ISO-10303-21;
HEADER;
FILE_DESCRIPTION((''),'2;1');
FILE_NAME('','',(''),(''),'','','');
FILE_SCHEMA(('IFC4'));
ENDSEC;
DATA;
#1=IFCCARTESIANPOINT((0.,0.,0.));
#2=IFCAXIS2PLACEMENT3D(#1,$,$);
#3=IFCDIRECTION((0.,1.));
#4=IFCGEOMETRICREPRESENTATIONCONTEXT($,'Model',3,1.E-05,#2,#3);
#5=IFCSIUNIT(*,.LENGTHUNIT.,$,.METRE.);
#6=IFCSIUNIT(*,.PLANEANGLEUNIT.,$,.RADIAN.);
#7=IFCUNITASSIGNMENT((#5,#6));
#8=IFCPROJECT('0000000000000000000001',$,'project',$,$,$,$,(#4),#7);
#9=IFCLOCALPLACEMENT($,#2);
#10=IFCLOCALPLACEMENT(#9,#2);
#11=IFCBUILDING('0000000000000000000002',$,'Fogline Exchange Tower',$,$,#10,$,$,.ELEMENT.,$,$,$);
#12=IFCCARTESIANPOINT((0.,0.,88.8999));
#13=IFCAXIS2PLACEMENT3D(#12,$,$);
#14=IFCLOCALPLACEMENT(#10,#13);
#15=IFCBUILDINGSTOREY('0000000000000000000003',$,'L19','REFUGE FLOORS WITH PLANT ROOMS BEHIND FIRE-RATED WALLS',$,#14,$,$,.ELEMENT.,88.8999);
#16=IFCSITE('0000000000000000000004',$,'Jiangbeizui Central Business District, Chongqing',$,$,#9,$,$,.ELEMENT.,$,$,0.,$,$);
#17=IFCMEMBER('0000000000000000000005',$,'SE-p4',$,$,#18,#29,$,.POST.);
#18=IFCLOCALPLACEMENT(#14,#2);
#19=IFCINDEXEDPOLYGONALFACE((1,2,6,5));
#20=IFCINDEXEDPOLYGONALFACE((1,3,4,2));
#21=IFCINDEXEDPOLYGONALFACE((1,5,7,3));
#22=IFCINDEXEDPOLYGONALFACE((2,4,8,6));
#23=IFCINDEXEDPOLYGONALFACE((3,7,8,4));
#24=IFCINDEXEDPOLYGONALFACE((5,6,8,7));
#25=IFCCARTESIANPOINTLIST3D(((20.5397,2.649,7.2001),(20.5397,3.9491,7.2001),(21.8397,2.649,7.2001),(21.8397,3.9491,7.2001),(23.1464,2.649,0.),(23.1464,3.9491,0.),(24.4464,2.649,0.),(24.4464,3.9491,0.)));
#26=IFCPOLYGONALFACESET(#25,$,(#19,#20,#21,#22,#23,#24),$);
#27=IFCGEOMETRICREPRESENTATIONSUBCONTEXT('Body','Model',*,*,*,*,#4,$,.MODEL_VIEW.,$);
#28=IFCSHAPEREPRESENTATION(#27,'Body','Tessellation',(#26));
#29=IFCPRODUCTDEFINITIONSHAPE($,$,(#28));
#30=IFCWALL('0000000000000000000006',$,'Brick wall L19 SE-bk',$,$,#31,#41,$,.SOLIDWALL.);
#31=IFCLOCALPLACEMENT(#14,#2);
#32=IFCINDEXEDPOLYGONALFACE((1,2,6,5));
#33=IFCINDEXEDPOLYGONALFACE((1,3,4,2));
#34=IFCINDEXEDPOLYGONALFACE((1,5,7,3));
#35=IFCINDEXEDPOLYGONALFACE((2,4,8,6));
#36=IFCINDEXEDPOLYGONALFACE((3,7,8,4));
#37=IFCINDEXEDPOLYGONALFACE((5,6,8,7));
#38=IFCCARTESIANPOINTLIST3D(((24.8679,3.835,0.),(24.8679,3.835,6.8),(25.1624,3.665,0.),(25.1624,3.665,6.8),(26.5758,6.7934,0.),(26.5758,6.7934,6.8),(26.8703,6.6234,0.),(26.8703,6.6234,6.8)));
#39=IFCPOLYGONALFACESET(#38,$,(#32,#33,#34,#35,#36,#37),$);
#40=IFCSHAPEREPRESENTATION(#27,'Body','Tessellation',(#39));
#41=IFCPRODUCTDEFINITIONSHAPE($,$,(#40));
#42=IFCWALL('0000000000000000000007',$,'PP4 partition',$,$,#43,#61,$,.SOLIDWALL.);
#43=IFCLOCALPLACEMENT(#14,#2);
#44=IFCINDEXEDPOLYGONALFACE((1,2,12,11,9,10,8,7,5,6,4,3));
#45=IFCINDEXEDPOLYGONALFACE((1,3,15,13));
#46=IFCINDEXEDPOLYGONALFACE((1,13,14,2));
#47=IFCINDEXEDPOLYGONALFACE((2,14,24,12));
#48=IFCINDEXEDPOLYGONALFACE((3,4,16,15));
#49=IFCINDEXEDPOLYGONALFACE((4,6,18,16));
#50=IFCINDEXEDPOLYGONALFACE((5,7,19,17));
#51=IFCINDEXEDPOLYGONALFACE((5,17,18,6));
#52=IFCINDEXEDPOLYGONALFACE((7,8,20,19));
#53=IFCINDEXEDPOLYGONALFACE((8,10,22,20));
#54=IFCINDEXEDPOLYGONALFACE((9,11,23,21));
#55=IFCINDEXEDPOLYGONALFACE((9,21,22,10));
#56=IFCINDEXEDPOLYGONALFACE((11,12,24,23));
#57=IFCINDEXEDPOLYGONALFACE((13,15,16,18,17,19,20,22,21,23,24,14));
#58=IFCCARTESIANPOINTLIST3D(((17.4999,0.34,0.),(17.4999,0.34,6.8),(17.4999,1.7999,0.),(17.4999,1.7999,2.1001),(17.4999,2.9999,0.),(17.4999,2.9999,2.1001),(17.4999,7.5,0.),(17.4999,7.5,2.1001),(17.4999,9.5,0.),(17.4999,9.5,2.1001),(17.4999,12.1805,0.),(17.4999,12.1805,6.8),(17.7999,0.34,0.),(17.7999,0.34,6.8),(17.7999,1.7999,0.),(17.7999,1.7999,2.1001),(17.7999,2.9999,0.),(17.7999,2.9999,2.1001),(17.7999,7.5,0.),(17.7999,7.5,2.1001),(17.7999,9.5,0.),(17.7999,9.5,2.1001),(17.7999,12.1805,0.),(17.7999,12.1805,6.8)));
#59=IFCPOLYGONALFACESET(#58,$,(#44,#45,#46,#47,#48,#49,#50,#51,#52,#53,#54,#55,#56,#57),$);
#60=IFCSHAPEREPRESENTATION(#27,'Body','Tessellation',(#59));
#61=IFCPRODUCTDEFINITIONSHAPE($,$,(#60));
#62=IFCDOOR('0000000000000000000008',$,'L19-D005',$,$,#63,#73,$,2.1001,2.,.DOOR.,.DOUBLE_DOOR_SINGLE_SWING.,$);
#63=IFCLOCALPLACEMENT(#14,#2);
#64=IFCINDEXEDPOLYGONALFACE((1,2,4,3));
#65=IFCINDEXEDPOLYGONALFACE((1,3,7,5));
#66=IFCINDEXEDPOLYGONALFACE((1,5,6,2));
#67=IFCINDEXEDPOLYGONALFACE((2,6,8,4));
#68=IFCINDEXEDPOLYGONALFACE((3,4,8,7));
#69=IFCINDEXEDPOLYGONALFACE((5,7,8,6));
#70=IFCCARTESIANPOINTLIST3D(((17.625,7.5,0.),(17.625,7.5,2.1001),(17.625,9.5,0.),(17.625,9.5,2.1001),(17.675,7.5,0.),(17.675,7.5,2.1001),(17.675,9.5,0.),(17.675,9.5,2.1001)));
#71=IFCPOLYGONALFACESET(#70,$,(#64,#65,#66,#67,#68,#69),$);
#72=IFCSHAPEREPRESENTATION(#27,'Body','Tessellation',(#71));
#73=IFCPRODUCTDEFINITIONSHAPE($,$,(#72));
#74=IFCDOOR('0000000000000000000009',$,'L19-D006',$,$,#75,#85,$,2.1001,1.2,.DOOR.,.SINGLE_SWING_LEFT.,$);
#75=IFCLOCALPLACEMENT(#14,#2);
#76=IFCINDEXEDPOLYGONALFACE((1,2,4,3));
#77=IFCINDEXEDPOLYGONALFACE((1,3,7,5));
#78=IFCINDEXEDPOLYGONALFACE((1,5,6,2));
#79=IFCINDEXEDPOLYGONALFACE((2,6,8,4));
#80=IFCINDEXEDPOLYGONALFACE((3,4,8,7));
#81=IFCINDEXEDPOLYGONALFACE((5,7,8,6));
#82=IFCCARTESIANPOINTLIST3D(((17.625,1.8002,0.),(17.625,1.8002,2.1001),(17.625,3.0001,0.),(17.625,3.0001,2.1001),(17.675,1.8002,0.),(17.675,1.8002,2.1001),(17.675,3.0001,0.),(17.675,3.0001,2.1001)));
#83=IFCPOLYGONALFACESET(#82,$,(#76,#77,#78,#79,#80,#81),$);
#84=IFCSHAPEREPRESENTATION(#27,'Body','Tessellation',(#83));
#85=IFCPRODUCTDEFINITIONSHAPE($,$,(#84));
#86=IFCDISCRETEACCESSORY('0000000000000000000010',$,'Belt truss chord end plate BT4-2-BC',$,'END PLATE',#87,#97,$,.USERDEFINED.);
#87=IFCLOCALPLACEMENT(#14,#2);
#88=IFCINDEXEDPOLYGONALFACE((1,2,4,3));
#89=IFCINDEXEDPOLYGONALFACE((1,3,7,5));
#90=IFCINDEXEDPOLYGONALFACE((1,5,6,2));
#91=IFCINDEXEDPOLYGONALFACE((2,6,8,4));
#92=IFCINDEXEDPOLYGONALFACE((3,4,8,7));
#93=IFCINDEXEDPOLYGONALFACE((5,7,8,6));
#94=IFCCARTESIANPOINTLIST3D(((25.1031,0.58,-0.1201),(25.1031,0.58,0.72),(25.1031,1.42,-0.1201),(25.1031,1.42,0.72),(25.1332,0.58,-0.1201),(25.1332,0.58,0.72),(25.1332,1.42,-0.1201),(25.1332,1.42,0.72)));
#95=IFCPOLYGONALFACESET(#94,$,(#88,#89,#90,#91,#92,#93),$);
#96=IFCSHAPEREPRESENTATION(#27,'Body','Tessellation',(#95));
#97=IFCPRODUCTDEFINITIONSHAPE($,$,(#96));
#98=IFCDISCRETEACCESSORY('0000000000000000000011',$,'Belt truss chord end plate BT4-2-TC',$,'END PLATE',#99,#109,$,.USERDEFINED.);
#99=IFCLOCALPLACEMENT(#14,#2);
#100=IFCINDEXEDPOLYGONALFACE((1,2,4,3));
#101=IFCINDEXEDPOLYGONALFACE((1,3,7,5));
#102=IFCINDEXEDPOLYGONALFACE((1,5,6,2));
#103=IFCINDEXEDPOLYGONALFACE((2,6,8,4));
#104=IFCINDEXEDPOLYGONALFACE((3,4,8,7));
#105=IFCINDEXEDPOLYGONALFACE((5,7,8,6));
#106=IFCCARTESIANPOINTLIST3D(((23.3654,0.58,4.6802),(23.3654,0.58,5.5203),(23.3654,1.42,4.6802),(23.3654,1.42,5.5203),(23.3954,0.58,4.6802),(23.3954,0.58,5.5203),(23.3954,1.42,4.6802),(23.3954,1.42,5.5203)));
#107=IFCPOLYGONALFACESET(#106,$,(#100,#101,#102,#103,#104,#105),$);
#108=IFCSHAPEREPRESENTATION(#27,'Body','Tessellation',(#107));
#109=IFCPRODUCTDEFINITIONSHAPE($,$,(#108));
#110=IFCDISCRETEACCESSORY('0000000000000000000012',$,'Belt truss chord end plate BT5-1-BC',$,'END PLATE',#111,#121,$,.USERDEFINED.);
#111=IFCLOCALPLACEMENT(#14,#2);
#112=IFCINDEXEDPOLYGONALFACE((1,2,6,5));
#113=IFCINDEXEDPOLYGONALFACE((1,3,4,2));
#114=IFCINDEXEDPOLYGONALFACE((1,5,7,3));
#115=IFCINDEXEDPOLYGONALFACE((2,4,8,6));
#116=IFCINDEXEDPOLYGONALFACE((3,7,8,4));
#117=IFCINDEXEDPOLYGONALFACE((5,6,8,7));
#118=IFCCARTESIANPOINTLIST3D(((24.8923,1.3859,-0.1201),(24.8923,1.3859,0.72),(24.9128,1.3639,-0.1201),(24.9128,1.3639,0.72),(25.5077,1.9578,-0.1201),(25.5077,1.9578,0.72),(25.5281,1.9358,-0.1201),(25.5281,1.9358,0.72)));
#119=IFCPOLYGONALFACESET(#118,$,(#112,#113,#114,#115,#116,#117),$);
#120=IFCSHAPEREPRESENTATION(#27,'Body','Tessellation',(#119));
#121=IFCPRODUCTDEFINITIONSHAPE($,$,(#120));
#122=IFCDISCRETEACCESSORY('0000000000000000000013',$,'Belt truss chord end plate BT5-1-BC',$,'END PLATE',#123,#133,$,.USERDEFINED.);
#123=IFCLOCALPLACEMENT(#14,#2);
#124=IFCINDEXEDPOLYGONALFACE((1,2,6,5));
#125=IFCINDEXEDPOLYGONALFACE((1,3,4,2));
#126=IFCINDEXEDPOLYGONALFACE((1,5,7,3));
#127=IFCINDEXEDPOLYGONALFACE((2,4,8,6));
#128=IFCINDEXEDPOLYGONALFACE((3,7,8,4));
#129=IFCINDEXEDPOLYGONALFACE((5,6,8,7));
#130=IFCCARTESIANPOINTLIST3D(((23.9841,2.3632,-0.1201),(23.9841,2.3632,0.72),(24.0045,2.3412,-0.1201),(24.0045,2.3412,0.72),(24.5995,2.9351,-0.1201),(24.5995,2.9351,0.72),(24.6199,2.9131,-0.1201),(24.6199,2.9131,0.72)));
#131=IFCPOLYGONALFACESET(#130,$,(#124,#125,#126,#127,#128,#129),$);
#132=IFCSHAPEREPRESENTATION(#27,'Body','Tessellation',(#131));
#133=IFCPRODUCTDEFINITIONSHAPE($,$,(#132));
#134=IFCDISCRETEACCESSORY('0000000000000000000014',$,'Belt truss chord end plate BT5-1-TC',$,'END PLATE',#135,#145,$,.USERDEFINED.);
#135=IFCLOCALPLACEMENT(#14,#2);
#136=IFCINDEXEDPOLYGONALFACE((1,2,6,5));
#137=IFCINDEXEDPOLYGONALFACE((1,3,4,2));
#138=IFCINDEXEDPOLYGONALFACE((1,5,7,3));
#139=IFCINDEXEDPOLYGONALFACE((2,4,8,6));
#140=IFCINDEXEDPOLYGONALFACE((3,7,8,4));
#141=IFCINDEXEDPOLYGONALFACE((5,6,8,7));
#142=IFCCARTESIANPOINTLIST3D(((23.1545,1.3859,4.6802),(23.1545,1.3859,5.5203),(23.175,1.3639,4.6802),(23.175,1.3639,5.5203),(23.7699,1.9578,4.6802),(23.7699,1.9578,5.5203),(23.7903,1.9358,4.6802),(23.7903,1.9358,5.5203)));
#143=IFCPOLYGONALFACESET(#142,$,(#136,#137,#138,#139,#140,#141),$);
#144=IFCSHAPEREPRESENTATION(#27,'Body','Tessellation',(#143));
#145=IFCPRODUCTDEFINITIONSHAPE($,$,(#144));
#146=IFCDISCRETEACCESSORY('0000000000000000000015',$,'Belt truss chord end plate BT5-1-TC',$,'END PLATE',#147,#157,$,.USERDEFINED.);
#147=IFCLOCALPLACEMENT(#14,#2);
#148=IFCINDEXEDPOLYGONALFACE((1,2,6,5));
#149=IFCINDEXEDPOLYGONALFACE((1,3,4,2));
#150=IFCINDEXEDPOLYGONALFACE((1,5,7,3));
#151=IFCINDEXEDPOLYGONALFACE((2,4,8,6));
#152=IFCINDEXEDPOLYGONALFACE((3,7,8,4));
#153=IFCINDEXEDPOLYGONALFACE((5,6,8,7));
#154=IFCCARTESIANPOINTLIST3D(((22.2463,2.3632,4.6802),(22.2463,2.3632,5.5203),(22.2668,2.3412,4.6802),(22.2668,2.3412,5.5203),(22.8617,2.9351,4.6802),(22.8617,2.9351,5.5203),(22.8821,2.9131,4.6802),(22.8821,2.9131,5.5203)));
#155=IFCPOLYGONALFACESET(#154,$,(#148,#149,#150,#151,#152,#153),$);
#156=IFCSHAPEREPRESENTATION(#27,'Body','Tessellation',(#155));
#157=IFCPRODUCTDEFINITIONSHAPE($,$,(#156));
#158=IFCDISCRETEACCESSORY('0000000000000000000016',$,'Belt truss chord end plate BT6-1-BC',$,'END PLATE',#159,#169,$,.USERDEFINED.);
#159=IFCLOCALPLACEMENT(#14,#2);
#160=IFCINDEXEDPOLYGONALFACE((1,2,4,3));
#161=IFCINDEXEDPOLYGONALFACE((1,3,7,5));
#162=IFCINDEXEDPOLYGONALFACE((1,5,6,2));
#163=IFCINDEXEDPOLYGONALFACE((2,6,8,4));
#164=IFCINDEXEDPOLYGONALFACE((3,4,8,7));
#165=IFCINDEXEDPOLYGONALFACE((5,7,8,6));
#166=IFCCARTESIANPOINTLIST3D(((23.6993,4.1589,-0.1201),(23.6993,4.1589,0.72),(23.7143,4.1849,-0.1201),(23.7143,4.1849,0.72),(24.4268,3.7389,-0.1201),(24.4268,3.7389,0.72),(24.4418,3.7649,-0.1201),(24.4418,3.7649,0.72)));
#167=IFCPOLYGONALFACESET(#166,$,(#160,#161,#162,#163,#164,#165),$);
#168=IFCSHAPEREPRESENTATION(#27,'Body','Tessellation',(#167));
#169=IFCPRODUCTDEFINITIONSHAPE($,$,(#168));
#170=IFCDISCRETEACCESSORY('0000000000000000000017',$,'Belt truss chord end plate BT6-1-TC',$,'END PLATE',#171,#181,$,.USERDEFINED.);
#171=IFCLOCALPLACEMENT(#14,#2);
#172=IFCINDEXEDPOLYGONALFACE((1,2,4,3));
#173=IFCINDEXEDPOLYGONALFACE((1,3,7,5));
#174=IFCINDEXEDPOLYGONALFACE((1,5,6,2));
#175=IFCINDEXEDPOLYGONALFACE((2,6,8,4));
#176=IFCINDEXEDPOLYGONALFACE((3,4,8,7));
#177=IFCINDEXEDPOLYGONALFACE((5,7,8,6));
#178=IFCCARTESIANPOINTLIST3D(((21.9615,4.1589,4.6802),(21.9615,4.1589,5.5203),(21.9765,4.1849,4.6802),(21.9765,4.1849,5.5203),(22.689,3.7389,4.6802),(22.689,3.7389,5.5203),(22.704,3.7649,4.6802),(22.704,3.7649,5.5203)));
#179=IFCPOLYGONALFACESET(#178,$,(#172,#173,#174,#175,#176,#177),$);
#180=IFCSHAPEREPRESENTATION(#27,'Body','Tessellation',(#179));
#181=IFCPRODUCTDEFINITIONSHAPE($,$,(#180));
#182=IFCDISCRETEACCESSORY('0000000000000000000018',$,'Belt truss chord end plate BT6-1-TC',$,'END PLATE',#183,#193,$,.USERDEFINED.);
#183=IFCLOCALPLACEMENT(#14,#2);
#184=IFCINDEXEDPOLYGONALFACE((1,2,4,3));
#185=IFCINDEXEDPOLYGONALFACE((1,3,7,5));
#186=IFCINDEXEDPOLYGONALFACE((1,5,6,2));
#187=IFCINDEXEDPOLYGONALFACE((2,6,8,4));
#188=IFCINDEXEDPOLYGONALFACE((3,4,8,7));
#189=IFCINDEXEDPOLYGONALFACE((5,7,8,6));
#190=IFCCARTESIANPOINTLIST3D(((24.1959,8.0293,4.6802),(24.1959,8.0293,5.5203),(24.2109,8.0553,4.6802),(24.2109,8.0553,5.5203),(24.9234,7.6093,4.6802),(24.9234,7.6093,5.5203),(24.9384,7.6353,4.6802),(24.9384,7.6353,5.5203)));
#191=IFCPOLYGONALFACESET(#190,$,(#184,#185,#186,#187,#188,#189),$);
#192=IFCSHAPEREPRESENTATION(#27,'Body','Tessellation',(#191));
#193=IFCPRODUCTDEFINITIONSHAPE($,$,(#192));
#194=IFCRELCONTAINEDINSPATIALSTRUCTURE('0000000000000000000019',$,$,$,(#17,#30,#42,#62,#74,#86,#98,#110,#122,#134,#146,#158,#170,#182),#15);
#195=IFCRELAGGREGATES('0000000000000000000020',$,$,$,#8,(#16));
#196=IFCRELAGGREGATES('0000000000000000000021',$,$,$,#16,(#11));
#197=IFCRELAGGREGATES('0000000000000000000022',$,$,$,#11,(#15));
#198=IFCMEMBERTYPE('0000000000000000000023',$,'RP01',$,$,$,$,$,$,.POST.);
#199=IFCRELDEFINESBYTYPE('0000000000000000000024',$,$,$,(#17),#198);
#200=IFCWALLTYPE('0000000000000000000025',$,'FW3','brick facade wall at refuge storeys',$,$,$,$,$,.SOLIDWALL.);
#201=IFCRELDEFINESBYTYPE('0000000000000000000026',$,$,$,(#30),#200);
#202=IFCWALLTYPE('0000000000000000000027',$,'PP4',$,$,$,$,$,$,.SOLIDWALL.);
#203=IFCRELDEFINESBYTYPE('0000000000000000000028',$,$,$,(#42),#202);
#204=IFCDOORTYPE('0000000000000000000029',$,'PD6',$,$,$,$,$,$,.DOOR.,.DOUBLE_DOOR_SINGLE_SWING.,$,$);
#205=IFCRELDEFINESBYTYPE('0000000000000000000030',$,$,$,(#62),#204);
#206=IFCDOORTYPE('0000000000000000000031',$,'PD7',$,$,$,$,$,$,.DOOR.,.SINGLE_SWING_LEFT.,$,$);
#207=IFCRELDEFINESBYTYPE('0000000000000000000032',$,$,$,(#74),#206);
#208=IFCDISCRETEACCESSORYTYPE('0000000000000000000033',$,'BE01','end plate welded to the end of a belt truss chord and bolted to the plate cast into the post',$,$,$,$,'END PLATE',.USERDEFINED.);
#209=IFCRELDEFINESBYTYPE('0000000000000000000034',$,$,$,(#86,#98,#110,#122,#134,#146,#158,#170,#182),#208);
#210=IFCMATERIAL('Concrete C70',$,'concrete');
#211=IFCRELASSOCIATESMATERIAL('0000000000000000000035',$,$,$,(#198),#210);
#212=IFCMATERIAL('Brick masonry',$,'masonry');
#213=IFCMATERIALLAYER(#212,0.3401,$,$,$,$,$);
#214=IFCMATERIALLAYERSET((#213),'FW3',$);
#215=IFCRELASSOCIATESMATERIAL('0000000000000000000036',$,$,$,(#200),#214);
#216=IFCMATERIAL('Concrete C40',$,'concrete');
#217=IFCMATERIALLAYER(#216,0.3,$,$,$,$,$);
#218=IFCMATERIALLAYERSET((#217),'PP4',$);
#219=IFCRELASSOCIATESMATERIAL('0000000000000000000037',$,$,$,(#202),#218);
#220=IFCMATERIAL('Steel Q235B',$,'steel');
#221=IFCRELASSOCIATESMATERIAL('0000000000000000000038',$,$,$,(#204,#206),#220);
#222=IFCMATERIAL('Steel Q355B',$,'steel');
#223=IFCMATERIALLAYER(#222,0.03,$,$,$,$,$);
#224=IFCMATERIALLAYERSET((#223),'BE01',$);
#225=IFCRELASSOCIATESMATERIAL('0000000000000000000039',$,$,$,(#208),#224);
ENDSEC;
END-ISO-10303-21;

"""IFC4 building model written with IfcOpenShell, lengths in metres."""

from ifc_helpers import new_model, si_unit, direction, frame, frame_2d, origin, origin_2d, place, context, subcontext, project, spatial, rectangle, extrude, material, layer, layer_set, material_profile, profile_set, type_object, element, fill, save


model = new_model("IFC4")

# Units and contexts
model_context = context("Model", 3, precision=1e-05, world=origin(), true_north=direction((0.0, 1.0)))
body_context = subcontext(model_context, "Body", "Model", "MODEL_VIEW")
ifc_project = project(units=[si_unit("LENGTHUNIT", "METRE"), si_unit("PLANEANGLEUNIT", "RADIAN")], contexts=[model_context])

# Site, building, storey
site_placement = place(None, origin())
site = spatial("IfcSite", under=ifc_project, at=site_placement, Name="Jiangbeizui Central Business District, Chongqing", CompositionType="ELEMENT", RefElevation=0.0)
building_placement = place(site_placement, origin())
building = spatial("IfcBuilding", under=site, at=building_placement, Name="Fogline Exchange Tower", CompositionType="ELEMENT")
storey_placement = place(building_placement, frame((0.0, 0.0, 88.8999)))
storey = spatial("IfcBuildingStorey", under=building, at=storey_placement, Name="L19", Description="REFUGE FLOORS WITH PLANT ROOMS BEHIND FIRE-RATED WALLS", CompositionType="ELEMENT", Elevation=88.8999)

# Shared definitions
ifc_material_1 = material(Name="Concrete C40", Category="concrete")

# Member
ifc_material_2 = material(Name="Steel Q355B", Category="steel")
ifc_material_3 = material(Name="Concrete C70", Category="concrete")
ifc_material_profile_1 = material_profile(ifc_material_3, rectangle(XDim=1.3, YDim=1.3, at=origin_2d()), Name="RC 1300x1300")
ifc_profile_set_1 = profile_set([ifc_material_profile_1], Name="Concrete C70")
member_type_1 = type_object("IfcMemberType", Name="RP01", PredefinedType="POST", material=ifc_profile_set_1)
member_1_placement = place(storey_placement, frame((23.7964, 3.2991, 0.0), z_axis=(0.0, 0.0, 1.0), x_axis=(0.0, -1.0, 0.0)))
element("IfcMember", 1, at=member_1_placement, inside=storey, type_object=member_type_1, Name="SE-p4", PredefinedType="POST", context=body_context, shape_type="SweptSolid", body=[
    extrude(rectangle(XDim=1.3, YDim=1.3, at=origin_2d()), origin(), (0.0, -0.340409, 0.940277), 7.6575),
])

# Wall
ifc_material_4 = material(Name="Brick masonry", Category="masonry")
ifc_layer_1 = layer(ifc_material_4, 0.3401)
ifc_layer_set_1 = layer_set([ifc_layer_1], Name="FW3")
wall_type_1 = type_object("IfcWallType", Name="FW3", Description="brick facade wall at refuge storeys", PredefinedType="SOLIDWALL", material=ifc_layer_set_1)
wall_1_placement = place(storey_placement, frame((25.0151, 3.75, 0.0), z_axis=(0.0, 0.0, 1.0), x_axis=(0.499982, 0.866036, 0.0)))
element("IfcWall", 2, at=wall_1_placement, inside=storey, type_object=wall_type_1, Name="Brick wall L19 SE-bk", PredefinedType="SOLIDWALL", context=body_context, shape_type="SweptSolid", body=[
    extrude(rectangle(XDim=3.416, YDim=0.3401, at=frame_2d((1.708, 0.0))), origin(), (0.0, 0.0, 1.0), 6.8),
])

# Wall, openings, doors
ifc_layer_2 = layer(ifc_material_1, 0.3)
ifc_layer_set_2 = layer_set([ifc_layer_2], Name="PP4")
wall_type_2 = type_object("IfcWallType", Name="PP4", PredefinedType="SOLIDWALL", material=ifc_layer_set_2)
wall_2_placement = place(storey_placement, frame((17.6499, 12.1807, 0.0), z_axis=(0.0, 0.0, 1.0), x_axis=(0.0, -1.0, 0.0)))
wall_2 = element("IfcWall", 3, at=wall_2_placement, inside=storey, type_object=wall_type_2, Name="PP4 partition", PredefinedType="SOLIDWALL", context=body_context, shape_type="SweptSolid", body=[
    extrude(rectangle(XDim=11.8406, YDim=0.3, at=frame_2d((5.9204, 0.0))), origin(), (0.0, 0.0, 1.0), 6.8),
])
opening_1_placement = place(wall_2_placement, frame((2.6807, 0.0, 0.0)))
opening_1 = element("IfcOpeningElement", 4, at=opening_1_placement, cuts=wall_2, PredefinedType="OPENING", context=body_context, shape_type="SweptSolid", body=[
    extrude(rectangle(XDim=2.0, YDim=2.1001, at=frame_2d((1.0, 1.05))), frame((0.0, 0.1602, 0.0), z_axis=(0.0, -1.0, 0.0), x_axis=(1.0, 0.0, 0.0)), (0.0, 0.0, 1.0), 0.3201),
])
opening_2_placement = place(wall_2_placement, frame((9.1807, 0.0, 0.0)))
opening_2 = element("IfcOpeningElement", 5, at=opening_2_placement, cuts=wall_2, PredefinedType="OPENING", context=body_context, shape_type="SweptSolid", body=[
    extrude(rectangle(XDim=1.2, YDim=2.1001, at=frame_2d((0.6001, 1.05))), frame((0.0, 0.1602, 0.0), z_axis=(0.0, -1.0, 0.0), x_axis=(1.0, 0.0, 0.0)), (0.0, 0.0, 1.0), 0.3201),
])
ifc_material_5 = material(Name="Steel Q235B", Category="steel")
door_type_1 = type_object("IfcDoorType", Name="PD6", OperationType="DOUBLE_DOOR_SINGLE_SWING", PredefinedType="DOOR", material=ifc_material_5)
door_1_placement = place(opening_1_placement, frame((2.0, 0.0, 0.0), z_axis=(0.0, 0.0, 1.0), x_axis=(-1.0, 0.0, 0.0)))
door_1 = element("IfcDoor", 6, at=door_1_placement, inside=storey, type_object=door_type_1, Name="L19-D005", OperationType="DOUBLE_DOOR_SINGLE_SWING", OverallHeight=2.1001, OverallWidth=2.0, PredefinedType="DOOR", context=body_context, shape_type="SweptSolid", body=[
    extrude(rectangle(XDim=2.0, YDim=2.1001, at=frame_2d((1.0, 1.05))), frame((0.0, 0.0249, 0.0), z_axis=(0.0, -1.0, 0.0), x_axis=(1.0, 0.0, 0.0)), (0.0, 0.0, 1.0), 0.05),
])
fill(opening_1, door_1)
door_type_2 = type_object("IfcDoorType", Name="PD7", OperationType="SINGLE_SWING_LEFT", PredefinedType="DOOR", material=ifc_material_5)
door_2_placement = place(opening_2_placement, frame((1.2, 0.0, 0.0), z_axis=(0.0, 0.0, 1.0), x_axis=(-1.0, 0.0, 0.0)))
door_2 = element("IfcDoor", 7, at=door_2_placement, inside=storey, type_object=door_type_2, Name="L19-D006", OperationType="SINGLE_SWING_LEFT", OverallHeight=2.1001, OverallWidth=1.2, PredefinedType="DOOR", context=body_context, shape_type="SweptSolid", body=[
    extrude(rectangle(XDim=1.2, YDim=2.1001, at=frame_2d((0.6001, 1.05))), frame((0.0, 0.0249, 0.0), z_axis=(0.0, -1.0, 0.0), x_axis=(1.0, 0.0, 0.0)), (0.0, 0.0, 1.0), 0.05),
])
fill(opening_2, door_2)

# Discrete accessories
ifc_layer_3 = layer(ifc_material_2, 0.03)
ifc_layer_set_3 = layer_set([ifc_layer_3], Name="BE01")
discrete_accessory_type = type_object("IfcDiscreteAccessoryType", Name="BE01", Description="end plate welded to the end of a belt truss chord and bolted to the plate cast into the post", ElementType="END PLATE", PredefinedType="USERDEFINED", material=ifc_layer_set_3)
for number, where, z_axis, x_axis, name in (
    (8, (25.1182, 1.0, -0.1201), (0.0, 0.0, 1.0), (1.0, 0.0, 0.0), "Belt truss chord end plate BT4-2-BC"),
    (9, (23.3804, 1.0, 4.6802), (0.0, 0.0, 1.0), (1.0, 0.0, 0.0), "Belt truss chord end plate BT4-2-TC"),
    (10, (25.2102, 1.6609, -0.1201), (0.0, 0.0, 1.0), (0.680781, -0.732487, 0.0), "Belt truss chord end plate BT5-1-BC"),
    (11, (24.302, 2.6382, -0.1201), (0.0, 0.0, 1.0), (-0.680781, 0.732487, 0.0), "Belt truss chord end plate BT5-1-BC"),
    (12, (23.4724, 1.6609, 4.6802), (0.0, 0.0, 1.0), (0.680781, -0.732487, 0.0), "Belt truss chord end plate BT5-1-TC"),
    (13, (22.5642, 2.6382, 4.6802), (0.0, 0.0, 1.0), (-0.680781, 0.732487, 0.0), "Belt truss chord end plate BT5-1-TC"),
    (14, (24.0706, 3.9619, -0.1201), (0.0, 0.0, 1.0), (-0.5, -0.866025, 0.0), "Belt truss chord end plate BT6-1-BC"),
    (15, (22.3328, 3.9619, 4.6802), (0.0, 0.0, 1.0), (-0.5, -0.866025, 0.0), "Belt truss chord end plate BT6-1-TC"),
    (16, (24.5671, 7.8323, 4.6802), (0.0, 0.0, 1.0), (0.5, 0.866025, 0.0), "Belt truss chord end plate BT6-1-TC"),
):
    element("IfcDiscreteAccessory", number, at=place(storey_placement, frame(where, z_axis=z_axis, x_axis=x_axis)), inside=storey, type_object=discrete_accessory_type, Name=name, ObjectType="END PLATE", PredefinedType="USERDEFINED", context=body_context, shape_type="SweptSolid", body=[
        extrude(rectangle(XDim=0.03, YDim=0.8401, at=origin_2d()), origin(), (0.0, 0.0, 1.0), 0.8401),
    ])

save(model, "model.ifc")
